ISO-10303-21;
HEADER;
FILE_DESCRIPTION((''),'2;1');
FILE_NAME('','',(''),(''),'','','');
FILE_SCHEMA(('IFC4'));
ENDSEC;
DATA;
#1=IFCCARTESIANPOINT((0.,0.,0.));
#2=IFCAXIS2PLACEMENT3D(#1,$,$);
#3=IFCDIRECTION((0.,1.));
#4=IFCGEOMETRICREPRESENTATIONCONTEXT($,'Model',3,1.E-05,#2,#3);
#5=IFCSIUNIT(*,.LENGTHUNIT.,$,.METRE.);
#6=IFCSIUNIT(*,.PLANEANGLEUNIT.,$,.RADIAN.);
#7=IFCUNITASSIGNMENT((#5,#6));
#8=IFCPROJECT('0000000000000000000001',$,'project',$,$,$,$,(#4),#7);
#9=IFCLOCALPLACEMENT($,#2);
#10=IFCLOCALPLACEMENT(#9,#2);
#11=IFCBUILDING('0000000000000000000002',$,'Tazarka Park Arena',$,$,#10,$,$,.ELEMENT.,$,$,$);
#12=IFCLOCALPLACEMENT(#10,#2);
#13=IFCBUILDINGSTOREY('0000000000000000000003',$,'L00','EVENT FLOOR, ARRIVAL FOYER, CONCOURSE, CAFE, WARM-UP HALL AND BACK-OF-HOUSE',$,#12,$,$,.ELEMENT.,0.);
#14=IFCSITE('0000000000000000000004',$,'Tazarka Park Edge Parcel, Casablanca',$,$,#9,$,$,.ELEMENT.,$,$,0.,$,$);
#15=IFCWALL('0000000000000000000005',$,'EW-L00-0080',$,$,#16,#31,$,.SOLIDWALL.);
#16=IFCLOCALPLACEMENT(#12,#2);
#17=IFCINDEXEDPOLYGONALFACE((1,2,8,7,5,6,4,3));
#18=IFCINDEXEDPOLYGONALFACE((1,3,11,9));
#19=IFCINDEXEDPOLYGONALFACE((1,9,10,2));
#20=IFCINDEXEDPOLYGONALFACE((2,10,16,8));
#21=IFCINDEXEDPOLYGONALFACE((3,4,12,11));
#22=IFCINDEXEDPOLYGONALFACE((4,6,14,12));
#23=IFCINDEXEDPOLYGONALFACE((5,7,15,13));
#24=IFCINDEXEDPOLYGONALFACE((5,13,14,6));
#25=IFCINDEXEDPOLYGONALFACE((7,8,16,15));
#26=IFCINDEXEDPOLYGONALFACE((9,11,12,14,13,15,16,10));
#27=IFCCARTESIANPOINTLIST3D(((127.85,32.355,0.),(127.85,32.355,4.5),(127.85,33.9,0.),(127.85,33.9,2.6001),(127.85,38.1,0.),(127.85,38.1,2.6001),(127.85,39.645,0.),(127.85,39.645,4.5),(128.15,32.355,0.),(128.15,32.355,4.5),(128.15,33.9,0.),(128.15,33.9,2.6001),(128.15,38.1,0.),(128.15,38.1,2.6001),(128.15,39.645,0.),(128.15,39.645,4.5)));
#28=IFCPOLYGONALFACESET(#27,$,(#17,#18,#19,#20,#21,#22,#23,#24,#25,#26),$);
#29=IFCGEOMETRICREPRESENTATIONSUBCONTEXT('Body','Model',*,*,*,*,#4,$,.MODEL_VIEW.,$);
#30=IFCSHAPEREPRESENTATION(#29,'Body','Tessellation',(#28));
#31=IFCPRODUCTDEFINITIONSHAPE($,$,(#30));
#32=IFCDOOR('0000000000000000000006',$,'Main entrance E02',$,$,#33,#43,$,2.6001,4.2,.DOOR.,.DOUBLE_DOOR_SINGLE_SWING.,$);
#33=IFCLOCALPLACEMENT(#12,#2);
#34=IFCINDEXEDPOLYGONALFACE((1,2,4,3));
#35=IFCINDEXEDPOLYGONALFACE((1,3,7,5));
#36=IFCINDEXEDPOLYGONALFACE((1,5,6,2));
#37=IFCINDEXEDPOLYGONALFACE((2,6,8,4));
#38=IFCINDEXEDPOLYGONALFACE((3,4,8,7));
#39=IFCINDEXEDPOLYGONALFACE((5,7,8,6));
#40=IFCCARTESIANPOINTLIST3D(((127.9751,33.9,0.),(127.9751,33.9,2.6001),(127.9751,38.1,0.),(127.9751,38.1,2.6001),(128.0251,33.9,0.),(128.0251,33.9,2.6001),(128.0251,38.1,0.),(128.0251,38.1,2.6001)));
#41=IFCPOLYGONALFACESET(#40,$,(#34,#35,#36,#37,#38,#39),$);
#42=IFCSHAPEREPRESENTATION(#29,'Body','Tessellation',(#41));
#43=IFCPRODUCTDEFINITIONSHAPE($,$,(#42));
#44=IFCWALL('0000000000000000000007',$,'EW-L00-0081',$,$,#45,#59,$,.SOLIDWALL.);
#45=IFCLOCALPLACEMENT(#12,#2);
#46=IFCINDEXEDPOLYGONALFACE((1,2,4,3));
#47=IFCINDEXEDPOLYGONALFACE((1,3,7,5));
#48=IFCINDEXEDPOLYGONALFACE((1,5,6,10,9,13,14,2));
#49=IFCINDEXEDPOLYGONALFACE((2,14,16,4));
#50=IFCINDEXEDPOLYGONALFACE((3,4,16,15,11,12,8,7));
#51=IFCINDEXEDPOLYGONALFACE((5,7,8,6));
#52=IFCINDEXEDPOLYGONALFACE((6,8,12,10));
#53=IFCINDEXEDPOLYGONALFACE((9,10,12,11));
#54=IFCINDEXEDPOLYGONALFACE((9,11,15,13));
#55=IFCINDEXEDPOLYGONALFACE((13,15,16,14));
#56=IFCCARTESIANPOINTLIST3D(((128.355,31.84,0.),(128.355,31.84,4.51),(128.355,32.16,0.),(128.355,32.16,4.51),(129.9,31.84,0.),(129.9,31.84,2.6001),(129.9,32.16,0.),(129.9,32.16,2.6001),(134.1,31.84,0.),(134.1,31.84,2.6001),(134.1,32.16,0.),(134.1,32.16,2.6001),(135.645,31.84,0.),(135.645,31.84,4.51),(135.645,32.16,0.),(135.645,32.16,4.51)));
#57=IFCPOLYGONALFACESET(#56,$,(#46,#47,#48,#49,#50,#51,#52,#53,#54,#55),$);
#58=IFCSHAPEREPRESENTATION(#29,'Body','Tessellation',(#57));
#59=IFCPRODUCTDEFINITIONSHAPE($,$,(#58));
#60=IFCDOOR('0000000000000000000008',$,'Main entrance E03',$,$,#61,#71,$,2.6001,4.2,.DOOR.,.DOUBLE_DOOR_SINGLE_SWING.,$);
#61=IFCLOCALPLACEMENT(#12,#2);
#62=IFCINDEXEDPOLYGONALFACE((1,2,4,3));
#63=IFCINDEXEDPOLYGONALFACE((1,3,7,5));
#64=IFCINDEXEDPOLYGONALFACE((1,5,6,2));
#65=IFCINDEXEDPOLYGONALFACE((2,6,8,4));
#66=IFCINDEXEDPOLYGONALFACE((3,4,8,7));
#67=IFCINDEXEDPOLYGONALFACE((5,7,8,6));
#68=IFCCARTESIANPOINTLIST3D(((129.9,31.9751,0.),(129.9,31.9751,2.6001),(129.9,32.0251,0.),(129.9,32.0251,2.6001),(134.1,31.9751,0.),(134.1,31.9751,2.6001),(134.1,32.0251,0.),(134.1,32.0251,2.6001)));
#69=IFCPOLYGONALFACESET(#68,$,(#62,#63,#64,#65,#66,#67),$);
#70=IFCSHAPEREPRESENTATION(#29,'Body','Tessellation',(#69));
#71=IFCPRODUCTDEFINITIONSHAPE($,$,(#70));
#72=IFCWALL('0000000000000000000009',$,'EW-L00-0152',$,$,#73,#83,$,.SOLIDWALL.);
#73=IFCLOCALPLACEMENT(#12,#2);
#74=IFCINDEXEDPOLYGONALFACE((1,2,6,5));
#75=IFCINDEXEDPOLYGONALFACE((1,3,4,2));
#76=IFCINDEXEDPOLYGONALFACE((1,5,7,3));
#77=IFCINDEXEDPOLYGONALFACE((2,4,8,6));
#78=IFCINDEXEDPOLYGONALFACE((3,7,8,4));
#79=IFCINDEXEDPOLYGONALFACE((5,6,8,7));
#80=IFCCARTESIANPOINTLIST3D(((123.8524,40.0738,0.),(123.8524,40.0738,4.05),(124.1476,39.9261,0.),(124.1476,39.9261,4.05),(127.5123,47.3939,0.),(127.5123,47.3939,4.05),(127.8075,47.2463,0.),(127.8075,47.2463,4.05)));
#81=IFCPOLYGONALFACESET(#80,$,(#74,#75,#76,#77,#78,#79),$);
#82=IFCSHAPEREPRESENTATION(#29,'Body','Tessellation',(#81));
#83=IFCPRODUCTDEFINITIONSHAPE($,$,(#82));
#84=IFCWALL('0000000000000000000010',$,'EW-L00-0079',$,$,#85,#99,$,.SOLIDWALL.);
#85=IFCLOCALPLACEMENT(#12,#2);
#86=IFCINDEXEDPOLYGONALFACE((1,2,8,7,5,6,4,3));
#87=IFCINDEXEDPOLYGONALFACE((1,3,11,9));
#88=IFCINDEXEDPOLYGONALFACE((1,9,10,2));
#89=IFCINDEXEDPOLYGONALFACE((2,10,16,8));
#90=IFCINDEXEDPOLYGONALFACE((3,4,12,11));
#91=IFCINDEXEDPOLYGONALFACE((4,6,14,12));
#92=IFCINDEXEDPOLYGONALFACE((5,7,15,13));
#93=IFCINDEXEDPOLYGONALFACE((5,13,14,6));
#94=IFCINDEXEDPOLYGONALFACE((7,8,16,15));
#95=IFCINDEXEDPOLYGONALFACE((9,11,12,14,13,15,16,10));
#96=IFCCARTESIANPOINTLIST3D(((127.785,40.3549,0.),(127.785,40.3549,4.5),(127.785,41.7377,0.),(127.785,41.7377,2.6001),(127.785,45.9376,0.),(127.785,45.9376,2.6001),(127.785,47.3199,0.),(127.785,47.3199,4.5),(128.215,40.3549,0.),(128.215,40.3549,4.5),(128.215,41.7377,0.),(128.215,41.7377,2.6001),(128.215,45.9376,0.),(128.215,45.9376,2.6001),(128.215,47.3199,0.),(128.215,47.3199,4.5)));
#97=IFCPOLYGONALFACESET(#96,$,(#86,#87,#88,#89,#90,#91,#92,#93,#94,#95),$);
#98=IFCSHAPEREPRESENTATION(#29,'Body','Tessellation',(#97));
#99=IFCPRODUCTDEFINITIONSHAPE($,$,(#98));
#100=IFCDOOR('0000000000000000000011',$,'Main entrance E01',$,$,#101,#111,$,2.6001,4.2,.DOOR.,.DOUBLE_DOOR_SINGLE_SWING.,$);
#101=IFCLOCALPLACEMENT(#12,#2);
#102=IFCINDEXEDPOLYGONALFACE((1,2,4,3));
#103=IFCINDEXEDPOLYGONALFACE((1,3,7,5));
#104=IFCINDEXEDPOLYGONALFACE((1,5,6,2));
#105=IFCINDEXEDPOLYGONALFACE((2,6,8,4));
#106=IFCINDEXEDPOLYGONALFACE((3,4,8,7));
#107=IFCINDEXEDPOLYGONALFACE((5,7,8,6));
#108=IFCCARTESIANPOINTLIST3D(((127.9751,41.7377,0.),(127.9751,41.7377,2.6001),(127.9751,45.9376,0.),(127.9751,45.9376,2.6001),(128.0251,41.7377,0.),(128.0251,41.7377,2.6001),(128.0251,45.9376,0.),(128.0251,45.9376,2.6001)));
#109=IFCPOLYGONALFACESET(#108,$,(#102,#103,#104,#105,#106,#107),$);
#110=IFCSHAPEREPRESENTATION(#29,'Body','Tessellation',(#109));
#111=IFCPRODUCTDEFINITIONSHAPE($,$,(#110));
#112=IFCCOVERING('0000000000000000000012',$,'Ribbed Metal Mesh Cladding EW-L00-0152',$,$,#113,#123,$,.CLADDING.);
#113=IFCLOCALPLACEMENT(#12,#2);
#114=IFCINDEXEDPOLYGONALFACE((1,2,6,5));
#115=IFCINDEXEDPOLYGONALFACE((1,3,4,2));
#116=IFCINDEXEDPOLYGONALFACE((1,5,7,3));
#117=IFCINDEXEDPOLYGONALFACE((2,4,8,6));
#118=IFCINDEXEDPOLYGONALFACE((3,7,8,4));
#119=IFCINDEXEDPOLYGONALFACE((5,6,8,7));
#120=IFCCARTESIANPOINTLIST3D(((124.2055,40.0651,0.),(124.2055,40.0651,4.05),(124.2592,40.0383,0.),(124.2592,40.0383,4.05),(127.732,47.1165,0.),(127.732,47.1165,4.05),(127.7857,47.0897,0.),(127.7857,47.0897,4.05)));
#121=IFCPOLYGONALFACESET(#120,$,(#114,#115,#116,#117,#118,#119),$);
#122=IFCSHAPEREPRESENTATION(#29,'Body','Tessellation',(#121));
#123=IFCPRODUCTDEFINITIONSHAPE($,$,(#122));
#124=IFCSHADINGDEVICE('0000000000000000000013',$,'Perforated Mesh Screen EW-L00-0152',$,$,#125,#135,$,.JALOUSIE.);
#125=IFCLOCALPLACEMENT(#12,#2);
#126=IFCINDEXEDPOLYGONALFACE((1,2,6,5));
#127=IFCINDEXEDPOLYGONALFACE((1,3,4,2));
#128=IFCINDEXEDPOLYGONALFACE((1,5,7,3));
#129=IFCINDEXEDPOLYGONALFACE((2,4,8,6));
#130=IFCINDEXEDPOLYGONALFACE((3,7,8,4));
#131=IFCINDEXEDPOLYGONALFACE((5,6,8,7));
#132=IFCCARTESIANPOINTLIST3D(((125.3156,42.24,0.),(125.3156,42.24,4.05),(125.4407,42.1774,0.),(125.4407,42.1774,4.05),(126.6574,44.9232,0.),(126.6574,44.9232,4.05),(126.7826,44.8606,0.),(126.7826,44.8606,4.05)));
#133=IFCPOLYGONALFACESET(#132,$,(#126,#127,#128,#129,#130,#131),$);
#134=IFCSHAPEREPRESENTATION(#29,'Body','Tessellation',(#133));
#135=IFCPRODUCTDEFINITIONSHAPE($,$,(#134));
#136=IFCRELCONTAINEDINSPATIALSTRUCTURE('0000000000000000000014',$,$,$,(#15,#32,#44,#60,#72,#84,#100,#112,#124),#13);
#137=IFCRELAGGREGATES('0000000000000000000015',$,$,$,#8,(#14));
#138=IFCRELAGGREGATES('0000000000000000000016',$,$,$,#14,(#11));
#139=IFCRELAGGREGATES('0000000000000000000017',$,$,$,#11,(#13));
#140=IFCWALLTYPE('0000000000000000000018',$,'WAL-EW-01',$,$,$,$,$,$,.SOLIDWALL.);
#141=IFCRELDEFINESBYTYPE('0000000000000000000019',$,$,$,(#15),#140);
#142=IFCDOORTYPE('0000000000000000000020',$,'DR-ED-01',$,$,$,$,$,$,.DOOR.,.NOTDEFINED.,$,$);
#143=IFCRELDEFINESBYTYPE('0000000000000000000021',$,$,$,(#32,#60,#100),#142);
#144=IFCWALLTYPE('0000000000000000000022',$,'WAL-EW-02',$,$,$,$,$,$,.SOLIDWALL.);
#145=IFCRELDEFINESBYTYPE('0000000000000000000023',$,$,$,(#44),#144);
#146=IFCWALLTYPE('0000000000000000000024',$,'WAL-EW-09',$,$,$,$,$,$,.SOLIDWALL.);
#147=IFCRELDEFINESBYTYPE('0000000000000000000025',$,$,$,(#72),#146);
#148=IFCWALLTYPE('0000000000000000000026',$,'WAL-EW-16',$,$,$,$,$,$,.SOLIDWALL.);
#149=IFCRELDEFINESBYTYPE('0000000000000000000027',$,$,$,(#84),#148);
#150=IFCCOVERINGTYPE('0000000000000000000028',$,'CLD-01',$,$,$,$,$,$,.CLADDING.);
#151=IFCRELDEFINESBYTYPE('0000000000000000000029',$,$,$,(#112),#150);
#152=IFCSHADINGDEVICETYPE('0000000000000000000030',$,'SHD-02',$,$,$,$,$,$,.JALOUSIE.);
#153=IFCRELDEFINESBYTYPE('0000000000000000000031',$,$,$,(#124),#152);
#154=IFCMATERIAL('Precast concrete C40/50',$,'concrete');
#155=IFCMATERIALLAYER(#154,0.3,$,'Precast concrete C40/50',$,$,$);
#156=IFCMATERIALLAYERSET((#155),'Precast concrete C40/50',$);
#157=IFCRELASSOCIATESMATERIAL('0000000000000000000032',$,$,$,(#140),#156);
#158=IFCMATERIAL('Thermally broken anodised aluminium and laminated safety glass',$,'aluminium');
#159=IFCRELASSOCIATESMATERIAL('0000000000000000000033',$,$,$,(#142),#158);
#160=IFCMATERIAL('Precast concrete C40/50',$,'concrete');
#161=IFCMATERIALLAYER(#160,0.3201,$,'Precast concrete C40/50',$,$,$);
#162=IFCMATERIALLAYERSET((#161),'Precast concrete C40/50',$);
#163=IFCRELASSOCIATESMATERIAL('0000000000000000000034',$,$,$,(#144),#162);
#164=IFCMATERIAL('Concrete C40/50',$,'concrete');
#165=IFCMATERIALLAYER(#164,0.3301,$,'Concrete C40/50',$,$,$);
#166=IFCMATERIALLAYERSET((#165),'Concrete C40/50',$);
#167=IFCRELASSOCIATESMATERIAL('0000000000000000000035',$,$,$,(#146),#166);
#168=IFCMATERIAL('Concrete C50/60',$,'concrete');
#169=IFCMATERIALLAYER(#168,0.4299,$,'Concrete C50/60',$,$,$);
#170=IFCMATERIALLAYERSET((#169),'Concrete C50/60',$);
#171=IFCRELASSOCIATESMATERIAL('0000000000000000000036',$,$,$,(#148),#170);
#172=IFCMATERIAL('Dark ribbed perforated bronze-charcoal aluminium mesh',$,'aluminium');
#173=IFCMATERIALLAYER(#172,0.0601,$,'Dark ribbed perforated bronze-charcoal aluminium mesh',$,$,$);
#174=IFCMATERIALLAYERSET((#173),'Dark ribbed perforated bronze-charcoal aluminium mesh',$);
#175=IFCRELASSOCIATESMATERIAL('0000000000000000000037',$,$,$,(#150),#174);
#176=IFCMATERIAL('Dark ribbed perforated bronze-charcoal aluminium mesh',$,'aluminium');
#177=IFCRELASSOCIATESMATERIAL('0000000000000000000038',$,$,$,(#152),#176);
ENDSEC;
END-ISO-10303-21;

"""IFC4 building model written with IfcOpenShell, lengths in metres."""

from ifc_helpers import new_model, si_unit, direction, frame, frame_2d, origin, origin_2d, place, context, subcontext, project, spatial, rectangle, extrude, material, layer, layer_set, type_object, element, fill, save


model = new_model("IFC4")

# Units and contexts
model_context = context("Model", 3, precision=1e-05, world=origin(), true_north=direction((0.0, 1.0)))
body_context = subcontext(model_context, "Body", "Model", "MODEL_VIEW")
ifc_project = project(units=[si_unit("LENGTHUNIT", "METRE"), si_unit("PLANEANGLEUNIT", "RADIAN")], contexts=[model_context])

# Site, building, storey
site_placement = place(None, origin())
site = spatial("IfcSite", under=ifc_project, at=site_placement, Name="Tazarka Park Edge Parcel, Casablanca", CompositionType="ELEMENT", RefElevation=0.0)
building_placement = place(site_placement, origin())
building = spatial("IfcBuilding", under=site, at=building_placement, Name="Tazarka Park Arena", CompositionType="ELEMENT")
storey_placement = place(building_placement, origin())
storey = spatial("IfcBuildingStorey", under=building, at=storey_placement, Name="L00", Description="EVENT FLOOR, ARRIVAL FOYER, CONCOURSE, CAFE, WARM-UP HALL AND BACK-OF-HOUSE", CompositionType="ELEMENT", Elevation=0.0)

# Walls, openings, doors
ifc_material_1 = material(Name="Precast concrete C40/50", Category="concrete")
ifc_layer_1 = layer(ifc_material_1, 0.3, Name="Precast concrete C40/50")
ifc_layer_set_1 = layer_set([ifc_layer_1], Name="Precast concrete C40/50")
wall_type_1 = type_object("IfcWallType", Name="WAL-EW-01", PredefinedType="SOLIDWALL", material=ifc_layer_set_1)
wall_1_placement = place(storey_placement, frame((128.0, 32.355, 0.0), z_axis=(0.0, 0.0, 1.0), x_axis=(0.0, 1.0, 0.0)))
wall_1 = element("IfcWall", 1, at=wall_1_placement, inside=storey, type_object=wall_type_1, Name="EW-L00-0080", PredefinedType="SOLIDWALL", context=body_context, shape_type="SweptSolid", body=[
    extrude(rectangle(XDim=7.29, YDim=0.3, at=frame_2d((3.645, 0.0))), origin(), (0.0, 0.0, 1.0), 4.5),
])
opening_1_placement = place(wall_1_placement, frame((1.5449, 0.0, 0.0)))
opening_1 = element("IfcOpeningElement", 2, at=opening_1_placement, cuts=wall_1, PredefinedType="OPENING", context=body_context, shape_type="SweptSolid", body=[
    extrude(rectangle(XDim=4.2, YDim=2.6001, at=frame_2d((2.1001, 1.3))), frame((0.0, 0.1602, 0.0), z_axis=(0.0, -1.0, 0.0), x_axis=(1.0, 0.0, 0.0)), (0.0, 0.0, 1.0), 0.3201),
])
ifc_material_2 = material(Name="Thermally broken anodised aluminium and laminated safety glass", Category="aluminium")
door_type_1 = type_object("IfcDoorType", Name="DR-ED-01", OperationType="NOTDEFINED", PredefinedType="DOOR", material=ifc_material_2)
door_1_placement = place(opening_1_placement, origin())
door_1 = element("IfcDoor", 3, at=door_1_placement, inside=storey, type_object=door_type_1, Name="Main entrance E02", OperationType="DOUBLE_DOOR_SINGLE_SWING", OverallHeight=2.6001, OverallWidth=4.2, PredefinedType="DOOR", context=body_context, shape_type="SweptSolid", body=[
    extrude(rectangle(XDim=4.2, YDim=2.6001, at=frame_2d((2.1001, 1.3))), frame((0.0, 0.0249, 0.0), z_axis=(0.0, -1.0, 0.0), x_axis=(1.0, 0.0, 0.0)), (0.0, 0.0, 1.0), 0.05),
])
fill(opening_1, door_1)
ifc_material_3 = material(Name="Precast concrete C40/50", Category="concrete")
ifc_layer_2 = layer(ifc_material_3, 0.3201, Name="Precast concrete C40/50")
ifc_layer_set_2 = layer_set([ifc_layer_2], Name="Precast concrete C40/50")
wall_type_2 = type_object("IfcWallType", Name="WAL-EW-02", PredefinedType="SOLIDWALL", material=ifc_layer_set_2)
wall_2_placement = place(storey_placement, frame((135.645, 32.0, 0.0), z_axis=(0.0, 0.0, 1.0), x_axis=(-1.0, 0.0, 0.0)))
wall_2 = element("IfcWall", 4, at=wall_2_placement, inside=storey, type_object=wall_type_2, Name="EW-L00-0081", PredefinedType="SOLIDWALL", context=body_context, shape_type="SweptSolid", body=[
    extrude(rectangle(XDim=7.29, YDim=0.3201, at=frame_2d((3.645, 0.0))), origin(), (0.0, 0.0, 1.0), 4.51),
])
opening_2_placement = place(wall_2_placement, frame((1.5449, 0.0, 0.0)))
opening_2 = element("IfcOpeningElement", 5, at=opening_2_placement, cuts=wall_2, PredefinedType="OPENING", context=body_context, shape_type="SweptSolid", body=[
    extrude(rectangle(XDim=4.2, YDim=2.6001, at=frame_2d((2.1001, 1.3))), frame((0.0, 0.1699, 0.0), z_axis=(0.0, -1.0, 0.0), x_axis=(1.0, 0.0, 0.0)), (0.0, 0.0, 1.0), 0.3401),
])
door_2_placement = place(opening_2_placement, origin())
door_2 = element("IfcDoor", 6, at=door_2_placement, inside=storey, type_object=door_type_1, Name="Main entrance E03", OperationType="DOUBLE_DOOR_SINGLE_SWING", OverallHeight=2.6001, OverallWidth=4.2, PredefinedType="DOOR", context=body_context, shape_type="SweptSolid", body=[
    extrude(rectangle(XDim=4.2, YDim=2.6001, at=frame_2d((2.1001, 1.3))), frame((0.0, 0.0249, 0.0), z_axis=(0.0, -1.0, 0.0), x_axis=(1.0, 0.0, 0.0)), (0.0, 0.0, 1.0), 0.05),
])
fill(opening_2, door_2)

# Wall
ifc_material_4 = material(Name="Concrete C40/50", Category="concrete")
ifc_layer_3 = layer(ifc_material_4, 0.3301, Name="Concrete C40/50")
ifc_layer_set_3 = layer_set([ifc_layer_3], Name="Concrete C40/50")
wall_type_3 = type_object("IfcWallType", Name="WAL-EW-09", PredefinedType="SOLIDWALL", material=ifc_layer_set_3)
wall_3_placement = place(storey_placement, frame((127.6599, 47.3201, 0.0), z_axis=(0.0, 0.0, 1.0), x_axis=(-0.447202, -0.894433, 0.0)))
element("IfcWall", 7, at=wall_3_placement, inside=storey, type_object=wall_type_3, Name="EW-L00-0152", PredefinedType="SOLIDWALL", context=body_context, shape_type="SweptSolid", body=[
    extrude(rectangle(XDim=8.1841, YDim=0.3301, at=frame_2d((4.092, 0.0))), origin(), (0.0, 0.0, 1.0), 4.05),
])

# Wall, opening, door
ifc_material_5 = material(Name="Concrete C50/60", Category="concrete")
ifc_layer_4 = layer(ifc_material_5, 0.4299, Name="Concrete C50/60")
ifc_layer_set_4 = layer_set([ifc_layer_4], Name="Concrete C50/60")
wall_type_4 = type_object("IfcWallType", Name="WAL-EW-16", PredefinedType="SOLIDWALL", material=ifc_layer_set_4)
wall_4_placement = place(storey_placement, frame((128.0, 40.355, 0.0), z_axis=(0.0, 0.0, 1.0), x_axis=(0.0, 1.0, 0.0)))
wall_4 = element("IfcWall", 8, at=wall_4_placement, inside=storey, type_object=wall_type_4, Name="EW-L00-0079", PredefinedType="SOLIDWALL", context=body_context, shape_type="SweptSolid", body=[
    extrude(rectangle(XDim=6.9651, YDim=0.4299, at=frame_2d((3.4824, 0.0))), origin(), (0.0, 0.0, 1.0), 4.5),
])
opening_3_placement = place(wall_4_placement, frame((1.3826, 0.0, 0.0)))
opening_3 = element("IfcOpeningElement", 9, at=opening_3_placement, cuts=wall_4, PredefinedType="OPENING", context=body_context, shape_type="SweptSolid", body=[
    extrude(rectangle(XDim=4.2, YDim=2.6001, at=frame_2d((2.1001, 1.3))), frame((0.0, 0.2251, 0.0), z_axis=(0.0, -1.0, 0.0), x_axis=(1.0, 0.0, 0.0)), (0.0, 0.0, 1.0), 0.45),
])
door_3_placement = place(opening_3_placement, origin())
door_3 = element("IfcDoor", 10, at=door_3_placement, inside=storey, type_object=door_type_1, Name="Main entrance E01", OperationType="DOUBLE_DOOR_SINGLE_SWING", OverallHeight=2.6001, OverallWidth=4.2, PredefinedType="DOOR", context=body_context, shape_type="SweptSolid", body=[
    extrude(rectangle(XDim=4.2, YDim=2.6001, at=frame_2d((2.1001, 1.3))), frame((0.0, 0.0249, 0.0), z_axis=(0.0, -1.0, 0.0), x_axis=(1.0, 0.0, 0.0)), (0.0, 0.0, 1.0), 0.05),
])
fill(opening_3, door_3)

# Covering
ifc_material_6 = material(Name="Dark ribbed perforated bronze-charcoal aluminium mesh", Category="aluminium")
ifc_layer_5 = layer(ifc_material_6, 0.0601, Name="Dark ribbed perforated bronze-charcoal aluminium mesh")
ifc_layer_set_5 = layer_set([ifc_layer_5], Name="Dark ribbed perforated bronze-charcoal aluminium mesh")
covering_type = type_object("IfcCoveringType", Name="CLD-01", PredefinedType="CLADDING", material=ifc_layer_set_5)
covering_placement = place(storey_placement, frame((125.9956, 43.5774, 0.0), z_axis=(0.0, 0.0, 1.0), x_axis=(-0.447291, -0.894389, 0.0)))
element("IfcCovering", 11, at=covering_placement, inside=storey, type_object=covering_type, Name="Ribbed Metal Mesh Cladding EW-L00-0152", PredefinedType="CLADDING", context=body_context, shape_type="SweptSolid", body=[
    extrude(rectangle(XDim=7.884, YDim=0.0601, at=origin_2d()), origin(), (0.0, 0.0, 1.0), 4.05),
])

# Shading device
ifc_material_7 = material(Name="Dark ribbed perforated bronze-charcoal aluminium mesh", Category="aluminium")
shading_device_type = type_object("IfcShadingDeviceType", Name="SHD-02", PredefinedType="JALOUSIE", material=ifc_material_7)
shading_device_placement = place(storey_placement, frame((126.0491, 43.5503, 0.0), z_axis=(0.0, 0.0, 1.0), x_axis=(-0.447291, -0.894389, 0.0)))
element("IfcShadingDevice", 12, at=shading_device_placement, inside=storey, type_object=shading_device_type, Name="Perforated Mesh Screen EW-L00-0152", PredefinedType="JALOUSIE", context=body_context, shape_type="SweptSolid", body=[
    extrude(rectangle(XDim=3.0, YDim=0.1399, at=origin_2d()), origin(), (0.0, 0.0, 1.0), 4.05),
])

save(model, "model.ifc")
